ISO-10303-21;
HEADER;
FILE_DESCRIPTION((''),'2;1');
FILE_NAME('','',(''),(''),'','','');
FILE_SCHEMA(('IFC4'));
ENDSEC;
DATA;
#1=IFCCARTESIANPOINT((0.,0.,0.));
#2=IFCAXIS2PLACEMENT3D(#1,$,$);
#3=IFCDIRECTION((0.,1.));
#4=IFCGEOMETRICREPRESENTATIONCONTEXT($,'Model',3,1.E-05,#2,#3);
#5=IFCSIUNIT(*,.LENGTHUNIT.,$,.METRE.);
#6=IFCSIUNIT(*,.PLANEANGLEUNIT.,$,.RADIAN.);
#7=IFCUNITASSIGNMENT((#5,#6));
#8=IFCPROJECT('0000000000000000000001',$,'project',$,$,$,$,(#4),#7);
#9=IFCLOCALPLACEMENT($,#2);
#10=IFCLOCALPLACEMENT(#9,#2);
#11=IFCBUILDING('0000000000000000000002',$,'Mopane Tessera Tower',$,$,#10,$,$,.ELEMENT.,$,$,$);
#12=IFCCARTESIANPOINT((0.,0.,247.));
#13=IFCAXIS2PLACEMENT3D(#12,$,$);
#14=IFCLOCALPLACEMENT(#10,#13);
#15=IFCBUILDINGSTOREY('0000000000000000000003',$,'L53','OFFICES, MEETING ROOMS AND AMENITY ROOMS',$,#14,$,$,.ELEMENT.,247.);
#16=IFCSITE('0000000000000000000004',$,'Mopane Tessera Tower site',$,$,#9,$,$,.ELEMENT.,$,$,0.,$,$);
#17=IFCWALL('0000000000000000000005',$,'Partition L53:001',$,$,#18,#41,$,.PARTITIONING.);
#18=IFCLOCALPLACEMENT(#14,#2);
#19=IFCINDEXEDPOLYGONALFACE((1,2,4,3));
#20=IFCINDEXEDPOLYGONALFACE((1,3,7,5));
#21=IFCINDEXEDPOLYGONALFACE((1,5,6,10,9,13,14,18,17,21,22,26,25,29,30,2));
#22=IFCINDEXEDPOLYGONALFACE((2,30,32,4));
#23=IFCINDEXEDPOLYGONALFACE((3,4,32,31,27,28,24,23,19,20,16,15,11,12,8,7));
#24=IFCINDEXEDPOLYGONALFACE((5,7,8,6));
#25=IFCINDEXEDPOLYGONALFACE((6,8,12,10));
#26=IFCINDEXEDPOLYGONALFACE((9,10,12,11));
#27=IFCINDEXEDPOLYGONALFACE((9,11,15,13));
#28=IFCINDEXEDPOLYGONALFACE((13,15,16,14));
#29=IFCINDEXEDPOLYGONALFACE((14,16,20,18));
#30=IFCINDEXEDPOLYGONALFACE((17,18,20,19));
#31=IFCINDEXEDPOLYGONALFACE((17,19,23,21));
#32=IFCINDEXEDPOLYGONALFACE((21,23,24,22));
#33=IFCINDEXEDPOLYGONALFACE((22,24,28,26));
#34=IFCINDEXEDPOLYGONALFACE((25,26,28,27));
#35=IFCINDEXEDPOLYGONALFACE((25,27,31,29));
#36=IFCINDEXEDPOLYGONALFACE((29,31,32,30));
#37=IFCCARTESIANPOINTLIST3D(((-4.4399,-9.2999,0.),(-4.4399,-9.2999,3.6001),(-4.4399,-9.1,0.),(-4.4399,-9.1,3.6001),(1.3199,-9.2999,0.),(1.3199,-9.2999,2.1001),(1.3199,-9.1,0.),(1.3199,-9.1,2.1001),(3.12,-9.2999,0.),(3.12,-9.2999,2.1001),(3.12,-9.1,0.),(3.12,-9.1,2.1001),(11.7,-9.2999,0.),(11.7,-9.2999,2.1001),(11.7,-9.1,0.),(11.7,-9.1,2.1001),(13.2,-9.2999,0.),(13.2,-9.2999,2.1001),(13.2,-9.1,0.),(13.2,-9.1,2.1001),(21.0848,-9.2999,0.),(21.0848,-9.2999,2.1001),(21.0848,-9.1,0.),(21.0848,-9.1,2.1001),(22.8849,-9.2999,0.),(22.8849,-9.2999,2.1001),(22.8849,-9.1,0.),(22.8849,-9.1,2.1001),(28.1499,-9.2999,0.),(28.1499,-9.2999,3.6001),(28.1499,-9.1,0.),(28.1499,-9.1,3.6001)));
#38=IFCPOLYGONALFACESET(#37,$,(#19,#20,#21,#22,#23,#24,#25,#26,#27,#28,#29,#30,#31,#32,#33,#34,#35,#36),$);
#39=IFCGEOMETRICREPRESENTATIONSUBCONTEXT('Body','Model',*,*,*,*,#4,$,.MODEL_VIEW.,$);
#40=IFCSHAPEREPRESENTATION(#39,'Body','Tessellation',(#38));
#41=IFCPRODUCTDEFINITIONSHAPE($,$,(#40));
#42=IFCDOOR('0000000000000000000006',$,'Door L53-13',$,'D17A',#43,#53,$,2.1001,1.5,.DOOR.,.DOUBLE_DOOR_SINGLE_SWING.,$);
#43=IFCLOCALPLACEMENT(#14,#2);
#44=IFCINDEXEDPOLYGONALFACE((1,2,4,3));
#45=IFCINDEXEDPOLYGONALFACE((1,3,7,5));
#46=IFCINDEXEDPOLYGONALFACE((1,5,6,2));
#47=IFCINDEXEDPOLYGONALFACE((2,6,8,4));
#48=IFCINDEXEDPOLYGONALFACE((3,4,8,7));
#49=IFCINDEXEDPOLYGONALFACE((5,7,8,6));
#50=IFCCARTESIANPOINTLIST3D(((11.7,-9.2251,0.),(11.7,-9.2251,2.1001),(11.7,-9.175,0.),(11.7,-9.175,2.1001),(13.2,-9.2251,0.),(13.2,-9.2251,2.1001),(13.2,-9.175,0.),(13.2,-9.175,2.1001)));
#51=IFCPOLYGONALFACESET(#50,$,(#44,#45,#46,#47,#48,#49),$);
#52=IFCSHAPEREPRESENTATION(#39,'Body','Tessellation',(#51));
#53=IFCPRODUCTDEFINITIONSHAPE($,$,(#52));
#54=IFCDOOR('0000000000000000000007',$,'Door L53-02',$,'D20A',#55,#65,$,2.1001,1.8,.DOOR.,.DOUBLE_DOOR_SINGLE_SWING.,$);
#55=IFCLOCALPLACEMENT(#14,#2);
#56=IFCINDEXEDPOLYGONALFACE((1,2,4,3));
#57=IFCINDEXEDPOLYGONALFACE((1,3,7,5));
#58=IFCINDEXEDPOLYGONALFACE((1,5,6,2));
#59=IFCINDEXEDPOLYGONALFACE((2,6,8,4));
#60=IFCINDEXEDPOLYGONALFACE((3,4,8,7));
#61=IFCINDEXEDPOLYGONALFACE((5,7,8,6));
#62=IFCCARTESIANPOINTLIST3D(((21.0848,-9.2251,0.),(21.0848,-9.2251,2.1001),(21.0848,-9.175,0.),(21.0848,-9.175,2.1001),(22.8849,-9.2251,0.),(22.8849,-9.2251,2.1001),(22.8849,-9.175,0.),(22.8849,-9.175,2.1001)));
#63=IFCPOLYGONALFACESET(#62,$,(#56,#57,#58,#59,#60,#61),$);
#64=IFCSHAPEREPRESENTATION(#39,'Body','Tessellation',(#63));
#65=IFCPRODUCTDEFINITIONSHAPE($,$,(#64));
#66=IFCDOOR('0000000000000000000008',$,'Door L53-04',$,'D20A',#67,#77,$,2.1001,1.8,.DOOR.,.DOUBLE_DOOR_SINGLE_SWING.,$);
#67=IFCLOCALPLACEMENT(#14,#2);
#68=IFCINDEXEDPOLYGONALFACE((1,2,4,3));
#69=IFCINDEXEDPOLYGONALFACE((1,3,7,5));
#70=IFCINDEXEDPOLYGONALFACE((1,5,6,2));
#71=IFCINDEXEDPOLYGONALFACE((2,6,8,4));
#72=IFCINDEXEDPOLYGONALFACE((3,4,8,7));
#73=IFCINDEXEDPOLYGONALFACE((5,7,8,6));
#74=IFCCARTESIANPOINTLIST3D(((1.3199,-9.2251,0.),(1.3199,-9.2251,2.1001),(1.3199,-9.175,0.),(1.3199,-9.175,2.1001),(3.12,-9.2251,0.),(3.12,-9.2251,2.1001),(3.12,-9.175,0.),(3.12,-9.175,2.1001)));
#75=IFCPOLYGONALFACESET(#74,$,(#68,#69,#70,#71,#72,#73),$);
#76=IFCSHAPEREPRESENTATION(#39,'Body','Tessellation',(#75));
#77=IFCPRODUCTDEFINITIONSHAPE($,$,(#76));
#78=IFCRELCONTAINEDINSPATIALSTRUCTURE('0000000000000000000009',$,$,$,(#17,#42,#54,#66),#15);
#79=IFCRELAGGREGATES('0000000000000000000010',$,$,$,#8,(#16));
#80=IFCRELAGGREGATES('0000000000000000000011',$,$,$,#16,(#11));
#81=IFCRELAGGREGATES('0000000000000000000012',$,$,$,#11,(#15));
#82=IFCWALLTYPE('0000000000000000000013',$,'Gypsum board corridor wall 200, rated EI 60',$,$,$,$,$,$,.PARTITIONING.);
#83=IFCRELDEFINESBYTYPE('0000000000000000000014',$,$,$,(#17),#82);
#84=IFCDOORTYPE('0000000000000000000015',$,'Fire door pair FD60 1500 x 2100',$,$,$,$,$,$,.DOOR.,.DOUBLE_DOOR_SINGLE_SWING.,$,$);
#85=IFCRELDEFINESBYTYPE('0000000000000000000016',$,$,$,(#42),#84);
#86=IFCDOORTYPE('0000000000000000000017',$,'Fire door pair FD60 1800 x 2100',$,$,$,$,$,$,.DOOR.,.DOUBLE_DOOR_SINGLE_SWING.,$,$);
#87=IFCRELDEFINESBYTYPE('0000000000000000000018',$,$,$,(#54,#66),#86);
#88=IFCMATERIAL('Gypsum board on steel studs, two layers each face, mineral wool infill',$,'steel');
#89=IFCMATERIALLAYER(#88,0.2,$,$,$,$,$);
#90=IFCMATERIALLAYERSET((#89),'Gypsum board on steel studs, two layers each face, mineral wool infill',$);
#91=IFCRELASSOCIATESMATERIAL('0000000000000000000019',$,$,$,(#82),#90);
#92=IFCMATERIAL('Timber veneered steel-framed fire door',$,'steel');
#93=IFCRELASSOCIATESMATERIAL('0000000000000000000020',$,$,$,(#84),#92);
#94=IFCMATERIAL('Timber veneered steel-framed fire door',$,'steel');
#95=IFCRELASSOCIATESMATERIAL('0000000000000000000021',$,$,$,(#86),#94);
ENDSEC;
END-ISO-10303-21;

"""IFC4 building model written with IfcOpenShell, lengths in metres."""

from ifc_helpers import new_model, si_unit, direction, frame, frame_2d, origin, place, context, subcontext, project, spatial, rectangle, extrude, material, layer, layer_set, type_object, element, fill, save


model = new_model("IFC4")

# Units and contexts
model_context = context("Model", 3, precision=1e-05, world=origin(), true_north=direction((0.0, 1.0)))
body_context = subcontext(model_context, "Body", "Model", "MODEL_VIEW")
ifc_project = project(units=[si_unit("LENGTHUNIT", "METRE"), si_unit("PLANEANGLEUNIT", "RADIAN")], contexts=[model_context])

# Site, building, storey
site_placement = place(None, origin())
site = spatial("IfcSite", under=ifc_project, at=site_placement, Name="Mopane Tessera Tower site", CompositionType="ELEMENT", RefElevation=0.0)
building_placement = place(site_placement, origin())
building = spatial("IfcBuilding", under=site, at=building_placement, Name="Mopane Tessera Tower", CompositionType="ELEMENT")
storey_placement = place(building_placement, frame((0.0, 0.0, 247.0)))
storey = spatial("IfcBuildingStorey", under=building, at=storey_placement, Name="L53", Description="OFFICES, MEETING ROOMS AND AMENITY ROOMS", CompositionType="ELEMENT", Elevation=247.0)

# Wall, openings, doors
ifc_material_1 = material(Name="Gypsum board on steel studs, two layers each face, mineral wool infill", Category="steel")
ifc_layer_1 = layer(ifc_material_1, 0.2)
ifc_layer_set_1 = layer_set([ifc_layer_1], Name="Gypsum board on steel studs, two layers each face, mineral wool infill")
wall_type_1 = type_object("IfcWallType", Name="Gypsum board corridor wall 200, rated EI 60", PredefinedType="PARTITIONING", material=ifc_layer_set_1)
wall_1_placement = place(storey_placement, frame((-4.4399, -9.2, 0.0), z_axis=(0.0, 0.0, 1.0), x_axis=(1.0, 0.0, 0.0)))
wall_1 = element("IfcWall", 1, at=wall_1_placement, inside=storey, type_object=wall_type_1, Name="Partition L53:001", PredefinedType="PARTITIONING", context=body_context, shape_type="SweptSolid", body=[
    extrude(rectangle(XDim=32.5898, YDim=0.2, at=frame_2d((16.2949, 0.0))), origin(), (0.0, 0.0, 1.0), 3.6001),
])
opening_1_placement = place(wall_1_placement, frame((25.5249, 0.0, 0.0)))
opening_1 = element("IfcOpeningElement", 2, at=opening_1_placement, cuts=wall_1, PredefinedType="OPENING", context=body_context, shape_type="SweptSolid", body=[
    extrude(rectangle(XDim=1.8, YDim=2.1001, at=frame_2d((0.8999, 1.05))), frame((0.0, 0.1121, 0.0), z_axis=(0.0, -1.0, 0.0), x_axis=(1.0, 0.0, 0.0)), (0.0, 0.0, 1.0), 0.2239),
])
opening_2_placement = place(wall_1_placement, frame((5.76, 0.0, 0.0)))
opening_2 = element("IfcOpeningElement", 3, at=opening_2_placement, cuts=wall_1, PredefinedType="OPENING", context=body_context, shape_type="SweptSolid", body=[
    extrude(rectangle(XDim=1.8, YDim=2.1001, at=frame_2d((0.8999, 1.05))), frame((0.0, 0.1121, 0.0), z_axis=(0.0, -1.0, 0.0), x_axis=(1.0, 0.0, 0.0)), (0.0, 0.0, 1.0), 0.2239),
])
opening_3_placement = place(wall_1_placement, frame((16.1399, 0.0, 0.0)))
opening_3 = element("IfcOpeningElement", 4, at=opening_3_placement, cuts=wall_1, PredefinedType="OPENING", context=body_context, shape_type="SweptSolid", body=[
    extrude(rectangle(XDim=1.5, YDim=2.1001, at=frame_2d((0.75, 1.05))), frame((0.0, 0.1121, 0.0), z_axis=(0.0, -1.0, 0.0), x_axis=(1.0, 0.0, 0.0)), (0.0, 0.0, 1.0), 0.2239),
])
ifc_material_2 = material(Name="Timber veneered steel-framed fire door", Category="steel")
door_type_1 = type_object("IfcDoorType", Name="Fire door pair FD60 1500 x 2100", OperationType="DOUBLE_DOOR_SINGLE_SWING", PredefinedType="DOOR", material=ifc_material_2)
door_1_placement = place(opening_3_placement, origin())
door_1 = element("IfcDoor", 5, at=door_1_placement, inside=storey, type_object=door_type_1, Name="Door L53-13", ObjectType="D17A", OperationType="DOUBLE_DOOR_SINGLE_SWING", OverallHeight=2.1001, OverallWidth=1.5, PredefinedType="DOOR", context=body_context, shape_type="SweptSolid", body=[
    extrude(rectangle(XDim=1.5, YDim=2.1001, at=frame_2d((0.75, 1.05))), frame((0.0, 0.0249, 0.0), z_axis=(0.0, -1.0, 0.0), x_axis=(1.0, 0.0, 0.0)), (0.0, 0.0, 1.0), 0.05),
])
fill(opening_3, door_1)
ifc_material_3 = material(Name="Timber veneered steel-framed fire door", Category="steel")
door_type_2 = type_object("IfcDoorType", Name="Fire door pair FD60 1800 x 2100", OperationType="DOUBLE_DOOR_SINGLE_SWING", PredefinedType="DOOR", material=ifc_material_3)
door_2_placement = place(opening_1_placement, origin())
door_2 = element("IfcDoor", 6, at=door_2_placement, inside=storey, type_object=door_type_2, Name="Door L53-02", ObjectType="D20A", OperationType="DOUBLE_DOOR_SINGLE_SWING", OverallHeight=2.1001, OverallWidth=1.8, PredefinedType="DOOR", context=body_context, shape_type="SweptSolid", body=[
    extrude(rectangle(XDim=1.8, YDim=2.1001, at=frame_2d((0.8999, 1.05))), frame((0.0, 0.0249, 0.0), z_axis=(0.0, -1.0, 0.0), x_axis=(1.0, 0.0, 0.0)), (0.0, 0.0, 1.0), 0.05),
])
fill(opening_1, door_2)
door_3_placement = place(opening_2_placement, origin())
door_3 = element("IfcDoor", 7, at=door_3_placement, inside=storey, type_object=door_type_2, Name="Door L53-04", ObjectType="D20A", OperationType="DOUBLE_DOOR_SINGLE_SWING", OverallHeight=2.1001, OverallWidth=1.8, PredefinedType="DOOR", context=body_context, shape_type="SweptSolid", body=[
    extrude(rectangle(XDim=1.8, YDim=2.1001, at=frame_2d((0.8999, 1.05))), frame((0.0, 0.0249, 0.0), z_axis=(0.0, -1.0, 0.0), x_axis=(1.0, 0.0, 0.0)), (0.0, 0.0, 1.0), 0.05),
])
fill(opening_2, door_3)

save(model, "model.ifc")
